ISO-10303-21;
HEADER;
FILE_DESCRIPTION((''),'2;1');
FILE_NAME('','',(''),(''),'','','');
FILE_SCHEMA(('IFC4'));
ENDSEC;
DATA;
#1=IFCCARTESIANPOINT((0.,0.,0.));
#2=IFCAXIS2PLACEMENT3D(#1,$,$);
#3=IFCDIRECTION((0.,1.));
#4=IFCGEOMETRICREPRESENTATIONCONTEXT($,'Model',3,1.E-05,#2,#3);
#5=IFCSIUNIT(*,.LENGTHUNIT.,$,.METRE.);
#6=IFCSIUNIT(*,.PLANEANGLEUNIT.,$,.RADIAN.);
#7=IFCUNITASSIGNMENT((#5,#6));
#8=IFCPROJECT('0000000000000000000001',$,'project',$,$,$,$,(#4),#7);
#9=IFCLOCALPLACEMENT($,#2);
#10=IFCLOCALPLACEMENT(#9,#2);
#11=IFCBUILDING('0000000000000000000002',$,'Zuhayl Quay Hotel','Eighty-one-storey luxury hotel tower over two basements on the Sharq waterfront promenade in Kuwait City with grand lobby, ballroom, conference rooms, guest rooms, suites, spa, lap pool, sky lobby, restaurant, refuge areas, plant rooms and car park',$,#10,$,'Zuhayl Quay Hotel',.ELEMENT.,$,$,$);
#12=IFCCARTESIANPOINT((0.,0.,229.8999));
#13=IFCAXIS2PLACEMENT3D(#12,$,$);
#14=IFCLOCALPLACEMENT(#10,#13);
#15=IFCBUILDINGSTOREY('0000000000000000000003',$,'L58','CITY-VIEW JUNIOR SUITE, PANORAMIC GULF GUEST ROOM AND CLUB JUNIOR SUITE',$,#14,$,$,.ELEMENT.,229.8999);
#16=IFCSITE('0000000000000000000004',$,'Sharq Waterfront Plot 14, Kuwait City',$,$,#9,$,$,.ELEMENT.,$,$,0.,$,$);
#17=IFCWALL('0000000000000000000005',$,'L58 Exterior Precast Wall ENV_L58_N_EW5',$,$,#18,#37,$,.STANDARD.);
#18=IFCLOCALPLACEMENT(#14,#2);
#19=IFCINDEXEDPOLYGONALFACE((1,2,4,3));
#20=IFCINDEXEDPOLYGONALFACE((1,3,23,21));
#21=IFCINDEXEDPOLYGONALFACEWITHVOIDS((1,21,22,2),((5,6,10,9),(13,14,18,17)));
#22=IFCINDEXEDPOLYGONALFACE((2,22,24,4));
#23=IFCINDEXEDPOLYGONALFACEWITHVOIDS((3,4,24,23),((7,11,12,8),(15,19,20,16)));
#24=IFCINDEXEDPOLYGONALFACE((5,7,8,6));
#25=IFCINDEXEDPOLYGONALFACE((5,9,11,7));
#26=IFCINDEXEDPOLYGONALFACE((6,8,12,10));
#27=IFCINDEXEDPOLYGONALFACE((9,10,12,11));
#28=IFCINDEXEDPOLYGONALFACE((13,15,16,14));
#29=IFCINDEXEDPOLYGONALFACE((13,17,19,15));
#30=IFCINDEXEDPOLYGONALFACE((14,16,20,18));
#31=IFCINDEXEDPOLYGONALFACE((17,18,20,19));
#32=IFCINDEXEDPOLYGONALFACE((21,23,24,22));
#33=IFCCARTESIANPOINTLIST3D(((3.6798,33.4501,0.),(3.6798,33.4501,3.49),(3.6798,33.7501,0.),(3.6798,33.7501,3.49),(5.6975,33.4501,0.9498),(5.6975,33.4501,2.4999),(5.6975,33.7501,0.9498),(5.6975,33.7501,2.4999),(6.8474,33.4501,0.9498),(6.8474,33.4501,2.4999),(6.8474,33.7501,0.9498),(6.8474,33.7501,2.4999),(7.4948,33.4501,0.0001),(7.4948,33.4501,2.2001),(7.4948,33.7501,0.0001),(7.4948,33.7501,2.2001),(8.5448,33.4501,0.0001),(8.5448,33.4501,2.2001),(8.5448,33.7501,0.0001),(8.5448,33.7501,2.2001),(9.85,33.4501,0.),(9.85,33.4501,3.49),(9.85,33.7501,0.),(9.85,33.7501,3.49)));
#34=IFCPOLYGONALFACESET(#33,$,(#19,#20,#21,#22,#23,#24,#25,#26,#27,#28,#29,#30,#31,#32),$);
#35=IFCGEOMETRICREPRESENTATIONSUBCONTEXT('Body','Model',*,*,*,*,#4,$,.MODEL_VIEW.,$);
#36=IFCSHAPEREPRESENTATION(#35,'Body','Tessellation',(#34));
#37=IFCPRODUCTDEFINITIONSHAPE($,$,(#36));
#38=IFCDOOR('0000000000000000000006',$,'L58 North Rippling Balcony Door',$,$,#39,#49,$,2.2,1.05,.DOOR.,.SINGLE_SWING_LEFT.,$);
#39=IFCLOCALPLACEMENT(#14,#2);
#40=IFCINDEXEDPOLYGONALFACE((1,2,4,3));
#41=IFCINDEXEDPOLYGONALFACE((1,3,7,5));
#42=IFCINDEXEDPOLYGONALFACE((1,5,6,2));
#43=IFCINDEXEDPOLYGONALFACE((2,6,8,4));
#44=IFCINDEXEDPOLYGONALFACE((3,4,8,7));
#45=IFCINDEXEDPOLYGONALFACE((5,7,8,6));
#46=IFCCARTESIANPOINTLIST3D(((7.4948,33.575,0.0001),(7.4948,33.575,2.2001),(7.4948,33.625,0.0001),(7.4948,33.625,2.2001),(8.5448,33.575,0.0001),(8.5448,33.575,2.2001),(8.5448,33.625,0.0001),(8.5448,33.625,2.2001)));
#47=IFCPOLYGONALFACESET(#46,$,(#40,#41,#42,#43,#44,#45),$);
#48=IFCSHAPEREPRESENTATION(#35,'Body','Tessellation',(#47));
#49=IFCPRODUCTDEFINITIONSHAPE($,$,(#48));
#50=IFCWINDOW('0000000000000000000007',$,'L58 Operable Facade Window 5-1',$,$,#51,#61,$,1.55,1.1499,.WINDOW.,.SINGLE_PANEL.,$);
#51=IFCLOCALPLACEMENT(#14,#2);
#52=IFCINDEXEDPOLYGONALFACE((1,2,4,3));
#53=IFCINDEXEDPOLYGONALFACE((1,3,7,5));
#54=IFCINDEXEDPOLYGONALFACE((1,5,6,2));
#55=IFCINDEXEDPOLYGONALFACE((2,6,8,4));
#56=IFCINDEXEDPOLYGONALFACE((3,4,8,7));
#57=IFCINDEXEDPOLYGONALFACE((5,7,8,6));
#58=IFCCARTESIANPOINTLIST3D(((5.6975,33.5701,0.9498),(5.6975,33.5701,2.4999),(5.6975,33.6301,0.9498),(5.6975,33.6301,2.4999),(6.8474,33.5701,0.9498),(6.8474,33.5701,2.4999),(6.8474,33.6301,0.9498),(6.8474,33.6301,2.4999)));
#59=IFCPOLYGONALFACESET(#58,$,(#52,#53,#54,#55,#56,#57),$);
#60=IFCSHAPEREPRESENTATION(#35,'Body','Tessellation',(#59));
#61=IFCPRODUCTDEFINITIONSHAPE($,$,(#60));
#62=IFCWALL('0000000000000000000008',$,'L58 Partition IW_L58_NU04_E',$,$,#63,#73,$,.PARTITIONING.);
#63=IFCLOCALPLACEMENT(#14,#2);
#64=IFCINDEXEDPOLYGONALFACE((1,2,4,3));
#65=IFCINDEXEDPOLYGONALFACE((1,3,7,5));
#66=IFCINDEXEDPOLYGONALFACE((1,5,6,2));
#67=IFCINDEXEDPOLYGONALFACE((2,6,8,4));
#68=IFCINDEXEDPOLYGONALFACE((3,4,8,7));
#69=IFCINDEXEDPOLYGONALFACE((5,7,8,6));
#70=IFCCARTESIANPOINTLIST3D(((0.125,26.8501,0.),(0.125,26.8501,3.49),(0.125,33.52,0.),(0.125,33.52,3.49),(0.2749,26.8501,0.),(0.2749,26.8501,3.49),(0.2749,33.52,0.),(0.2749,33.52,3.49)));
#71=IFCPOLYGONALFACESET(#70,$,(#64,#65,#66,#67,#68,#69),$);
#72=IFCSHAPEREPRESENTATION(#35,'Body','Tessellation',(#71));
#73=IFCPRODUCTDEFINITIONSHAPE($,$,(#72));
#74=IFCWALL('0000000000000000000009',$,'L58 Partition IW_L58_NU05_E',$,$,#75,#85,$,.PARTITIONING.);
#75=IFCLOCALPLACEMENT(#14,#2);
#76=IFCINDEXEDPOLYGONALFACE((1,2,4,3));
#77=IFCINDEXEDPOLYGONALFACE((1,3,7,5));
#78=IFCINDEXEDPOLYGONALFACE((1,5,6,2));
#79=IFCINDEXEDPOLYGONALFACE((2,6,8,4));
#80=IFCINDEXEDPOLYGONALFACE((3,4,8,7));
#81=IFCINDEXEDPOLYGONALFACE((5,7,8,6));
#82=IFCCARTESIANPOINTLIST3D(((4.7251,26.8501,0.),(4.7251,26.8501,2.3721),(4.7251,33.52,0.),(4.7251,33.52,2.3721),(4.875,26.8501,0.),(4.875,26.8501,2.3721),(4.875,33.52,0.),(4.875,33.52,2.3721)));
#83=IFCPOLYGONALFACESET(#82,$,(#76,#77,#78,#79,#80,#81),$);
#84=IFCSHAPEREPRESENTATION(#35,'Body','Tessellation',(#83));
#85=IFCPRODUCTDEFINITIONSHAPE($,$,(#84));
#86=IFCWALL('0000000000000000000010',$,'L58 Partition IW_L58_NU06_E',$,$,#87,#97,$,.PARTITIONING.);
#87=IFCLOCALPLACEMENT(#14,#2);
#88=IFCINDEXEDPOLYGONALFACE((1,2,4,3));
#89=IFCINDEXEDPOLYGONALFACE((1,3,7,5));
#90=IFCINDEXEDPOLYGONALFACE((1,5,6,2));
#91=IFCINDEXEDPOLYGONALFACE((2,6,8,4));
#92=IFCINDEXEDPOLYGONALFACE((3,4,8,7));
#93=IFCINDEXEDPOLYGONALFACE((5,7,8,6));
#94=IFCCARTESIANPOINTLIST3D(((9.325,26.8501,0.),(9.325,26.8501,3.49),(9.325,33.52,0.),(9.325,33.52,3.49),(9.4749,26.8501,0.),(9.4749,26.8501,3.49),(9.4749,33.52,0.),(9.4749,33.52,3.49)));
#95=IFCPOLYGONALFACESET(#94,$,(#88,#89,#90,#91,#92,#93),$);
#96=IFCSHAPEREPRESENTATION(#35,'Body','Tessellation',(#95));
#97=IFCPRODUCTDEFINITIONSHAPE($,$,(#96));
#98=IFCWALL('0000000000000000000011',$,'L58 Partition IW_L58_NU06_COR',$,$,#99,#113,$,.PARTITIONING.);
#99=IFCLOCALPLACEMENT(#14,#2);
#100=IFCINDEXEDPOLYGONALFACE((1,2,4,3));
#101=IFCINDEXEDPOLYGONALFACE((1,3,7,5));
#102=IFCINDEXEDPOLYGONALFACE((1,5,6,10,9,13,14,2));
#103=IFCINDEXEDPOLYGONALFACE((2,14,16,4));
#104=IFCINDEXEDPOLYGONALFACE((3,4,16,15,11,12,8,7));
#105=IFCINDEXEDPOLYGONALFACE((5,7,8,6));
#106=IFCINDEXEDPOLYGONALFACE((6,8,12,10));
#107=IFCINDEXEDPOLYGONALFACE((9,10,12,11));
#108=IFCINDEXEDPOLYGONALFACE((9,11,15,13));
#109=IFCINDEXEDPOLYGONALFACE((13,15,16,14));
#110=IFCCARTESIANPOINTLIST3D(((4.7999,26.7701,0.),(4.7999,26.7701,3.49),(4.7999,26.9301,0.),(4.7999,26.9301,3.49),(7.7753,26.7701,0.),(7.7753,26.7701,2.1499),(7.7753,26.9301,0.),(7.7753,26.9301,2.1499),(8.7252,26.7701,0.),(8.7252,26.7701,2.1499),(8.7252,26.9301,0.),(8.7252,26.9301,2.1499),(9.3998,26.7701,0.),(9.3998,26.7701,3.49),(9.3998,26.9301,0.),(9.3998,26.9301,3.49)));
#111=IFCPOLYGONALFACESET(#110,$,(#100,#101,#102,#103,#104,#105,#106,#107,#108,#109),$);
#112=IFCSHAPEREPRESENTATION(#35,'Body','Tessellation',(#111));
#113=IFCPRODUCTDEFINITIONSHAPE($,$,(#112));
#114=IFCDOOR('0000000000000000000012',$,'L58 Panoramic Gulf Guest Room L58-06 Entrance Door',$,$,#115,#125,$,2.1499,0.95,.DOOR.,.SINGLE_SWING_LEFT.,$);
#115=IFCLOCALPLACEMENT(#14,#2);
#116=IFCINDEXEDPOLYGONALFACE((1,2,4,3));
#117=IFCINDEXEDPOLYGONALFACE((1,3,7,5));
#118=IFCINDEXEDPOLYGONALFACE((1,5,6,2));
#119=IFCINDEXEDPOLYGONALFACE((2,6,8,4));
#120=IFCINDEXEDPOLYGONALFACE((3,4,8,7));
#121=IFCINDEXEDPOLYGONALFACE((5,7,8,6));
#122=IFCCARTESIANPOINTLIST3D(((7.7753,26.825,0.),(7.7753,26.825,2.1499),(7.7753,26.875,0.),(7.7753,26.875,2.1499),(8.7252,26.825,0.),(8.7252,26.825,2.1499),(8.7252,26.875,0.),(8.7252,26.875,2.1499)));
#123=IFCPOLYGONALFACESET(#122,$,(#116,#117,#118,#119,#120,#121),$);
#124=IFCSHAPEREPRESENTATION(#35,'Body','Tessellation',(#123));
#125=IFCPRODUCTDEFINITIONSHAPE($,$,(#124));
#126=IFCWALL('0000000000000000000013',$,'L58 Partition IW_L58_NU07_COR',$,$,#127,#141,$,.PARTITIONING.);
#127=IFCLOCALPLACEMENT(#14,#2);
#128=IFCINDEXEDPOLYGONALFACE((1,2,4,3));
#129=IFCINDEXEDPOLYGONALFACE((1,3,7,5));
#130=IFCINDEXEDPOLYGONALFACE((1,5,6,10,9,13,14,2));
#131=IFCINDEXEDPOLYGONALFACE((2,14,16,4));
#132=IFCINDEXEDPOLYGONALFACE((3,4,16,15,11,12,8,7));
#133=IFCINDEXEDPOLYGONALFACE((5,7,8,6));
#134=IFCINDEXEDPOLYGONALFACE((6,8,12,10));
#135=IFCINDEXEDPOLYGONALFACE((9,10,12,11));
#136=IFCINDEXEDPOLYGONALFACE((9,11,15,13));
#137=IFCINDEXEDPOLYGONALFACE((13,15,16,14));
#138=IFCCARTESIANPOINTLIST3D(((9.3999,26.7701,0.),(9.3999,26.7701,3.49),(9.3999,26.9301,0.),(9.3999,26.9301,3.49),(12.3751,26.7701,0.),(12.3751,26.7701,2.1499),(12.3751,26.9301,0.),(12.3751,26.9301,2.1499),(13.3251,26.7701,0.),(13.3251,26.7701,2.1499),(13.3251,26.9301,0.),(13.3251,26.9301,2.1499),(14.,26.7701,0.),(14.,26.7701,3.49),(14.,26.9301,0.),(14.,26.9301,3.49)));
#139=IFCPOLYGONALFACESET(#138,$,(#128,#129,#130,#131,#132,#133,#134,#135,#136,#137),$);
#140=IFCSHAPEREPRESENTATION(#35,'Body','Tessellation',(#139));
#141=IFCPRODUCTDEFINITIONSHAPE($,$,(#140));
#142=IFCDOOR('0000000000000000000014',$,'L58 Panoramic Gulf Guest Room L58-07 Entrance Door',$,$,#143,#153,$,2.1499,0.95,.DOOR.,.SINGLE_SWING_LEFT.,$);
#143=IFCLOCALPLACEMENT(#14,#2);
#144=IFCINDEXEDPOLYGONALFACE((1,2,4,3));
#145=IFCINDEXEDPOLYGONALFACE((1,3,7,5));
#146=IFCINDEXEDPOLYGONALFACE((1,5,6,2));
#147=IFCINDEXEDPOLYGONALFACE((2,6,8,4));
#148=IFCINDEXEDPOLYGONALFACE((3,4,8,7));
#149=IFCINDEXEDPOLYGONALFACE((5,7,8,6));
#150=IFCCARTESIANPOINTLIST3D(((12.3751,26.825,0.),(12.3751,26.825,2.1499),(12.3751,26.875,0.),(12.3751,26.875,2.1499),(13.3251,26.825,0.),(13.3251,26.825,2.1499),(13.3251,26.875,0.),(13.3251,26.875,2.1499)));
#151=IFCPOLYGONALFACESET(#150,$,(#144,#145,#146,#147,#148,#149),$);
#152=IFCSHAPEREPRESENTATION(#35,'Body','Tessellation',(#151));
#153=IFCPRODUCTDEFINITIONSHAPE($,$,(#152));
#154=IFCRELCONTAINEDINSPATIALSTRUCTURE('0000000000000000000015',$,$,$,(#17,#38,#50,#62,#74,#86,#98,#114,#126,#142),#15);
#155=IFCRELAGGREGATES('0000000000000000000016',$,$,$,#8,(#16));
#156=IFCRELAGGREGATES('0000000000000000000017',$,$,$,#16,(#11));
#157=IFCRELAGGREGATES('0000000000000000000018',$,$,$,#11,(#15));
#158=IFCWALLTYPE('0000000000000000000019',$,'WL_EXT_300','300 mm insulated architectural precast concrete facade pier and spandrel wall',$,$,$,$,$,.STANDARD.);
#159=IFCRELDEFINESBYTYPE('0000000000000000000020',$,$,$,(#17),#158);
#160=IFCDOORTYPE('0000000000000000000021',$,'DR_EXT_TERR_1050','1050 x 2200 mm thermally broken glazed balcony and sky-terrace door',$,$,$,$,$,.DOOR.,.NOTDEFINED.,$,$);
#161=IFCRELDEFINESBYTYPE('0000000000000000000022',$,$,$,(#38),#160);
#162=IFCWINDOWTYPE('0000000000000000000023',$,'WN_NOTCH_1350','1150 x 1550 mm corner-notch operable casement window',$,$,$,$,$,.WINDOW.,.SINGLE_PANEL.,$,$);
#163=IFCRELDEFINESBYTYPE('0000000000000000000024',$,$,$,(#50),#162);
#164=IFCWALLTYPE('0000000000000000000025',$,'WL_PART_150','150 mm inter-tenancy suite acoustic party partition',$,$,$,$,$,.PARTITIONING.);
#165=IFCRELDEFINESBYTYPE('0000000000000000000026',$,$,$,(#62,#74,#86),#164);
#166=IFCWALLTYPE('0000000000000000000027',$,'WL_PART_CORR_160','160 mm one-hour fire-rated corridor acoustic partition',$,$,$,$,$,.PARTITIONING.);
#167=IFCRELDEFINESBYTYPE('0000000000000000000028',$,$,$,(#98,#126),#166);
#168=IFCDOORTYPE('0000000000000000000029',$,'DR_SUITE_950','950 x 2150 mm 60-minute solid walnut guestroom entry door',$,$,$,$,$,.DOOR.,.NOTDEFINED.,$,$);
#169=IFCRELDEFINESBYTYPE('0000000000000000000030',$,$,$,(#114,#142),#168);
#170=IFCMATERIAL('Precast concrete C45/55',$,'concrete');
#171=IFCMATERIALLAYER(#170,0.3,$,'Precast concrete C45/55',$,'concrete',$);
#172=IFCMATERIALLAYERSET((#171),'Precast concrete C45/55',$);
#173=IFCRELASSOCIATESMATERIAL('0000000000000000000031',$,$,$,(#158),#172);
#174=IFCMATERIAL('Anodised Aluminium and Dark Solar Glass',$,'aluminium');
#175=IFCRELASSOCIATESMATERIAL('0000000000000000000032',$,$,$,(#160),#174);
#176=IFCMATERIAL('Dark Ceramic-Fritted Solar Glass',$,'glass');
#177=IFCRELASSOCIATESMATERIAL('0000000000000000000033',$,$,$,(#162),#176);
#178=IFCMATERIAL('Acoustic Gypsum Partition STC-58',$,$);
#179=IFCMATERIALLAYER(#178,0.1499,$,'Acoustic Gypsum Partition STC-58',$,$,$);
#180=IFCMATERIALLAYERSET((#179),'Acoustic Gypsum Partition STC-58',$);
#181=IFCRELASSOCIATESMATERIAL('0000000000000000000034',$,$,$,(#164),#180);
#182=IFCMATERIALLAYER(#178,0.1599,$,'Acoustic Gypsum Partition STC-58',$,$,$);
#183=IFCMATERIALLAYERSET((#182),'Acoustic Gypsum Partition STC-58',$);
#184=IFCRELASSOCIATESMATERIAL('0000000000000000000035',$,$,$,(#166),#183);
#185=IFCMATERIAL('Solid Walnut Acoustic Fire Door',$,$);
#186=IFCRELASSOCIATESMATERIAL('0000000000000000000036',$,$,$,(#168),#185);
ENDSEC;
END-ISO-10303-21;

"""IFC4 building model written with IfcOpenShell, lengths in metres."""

from ifc_helpers import new_model, si_unit, direction, frame, frame_2d, origin, place, context, subcontext, project, spatial, rectangle, extrude, material, layer, layer_set, type_object, element, fill, save


model = new_model("IFC4")

# Units and contexts
model_context = context("Model", 3, precision=1e-05, world=origin(), true_north=direction((0.0, 1.0)))
body_context = subcontext(model_context, "Body", "Model", "MODEL_VIEW")
ifc_project = project(units=[si_unit("LENGTHUNIT", "METRE"), si_unit("PLANEANGLEUNIT", "RADIAN")], contexts=[model_context])

# Site, building, storey
site_placement = place(None, origin())
site = spatial("IfcSite", under=ifc_project, at=site_placement, Name="Sharq Waterfront Plot 14, Kuwait City", CompositionType="ELEMENT", RefElevation=0.0)
building_placement = place(site_placement, origin())
building = spatial("IfcBuilding", under=site, at=building_placement, Name="Zuhayl Quay Hotel", Description="Eighty-one-storey luxury hotel tower over two basements on the Sharq waterfront promenade in Kuwait City with grand lobby, ballroom, conference rooms, guest rooms, suites, spa, lap pool, sky lobby, restaurant, refuge areas, plant rooms and car park", LongName="Zuhayl Quay Hotel", CompositionType="ELEMENT")
storey_placement = place(building_placement, frame((0.0, 0.0, 229.8999)))
storey = spatial("IfcBuildingStorey", under=building, at=storey_placement, Name="L58", Description="CITY-VIEW JUNIOR SUITE, PANORAMIC GULF GUEST ROOM AND CLUB JUNIOR SUITE", CompositionType="ELEMENT", Elevation=229.8999)

# Shared definitions
ifc_material_1 = material(Name="Dark Ceramic-Fritted Solar Glass", Category="glass")

# Wall, openings, door, window
ifc_material_2 = material(Name="Precast concrete C45/55", Category="concrete")
ifc_layer_1 = layer(ifc_material_2, 0.3, Name="Precast concrete C45/55", Category="concrete")
ifc_layer_set_1 = layer_set([ifc_layer_1], Name="Precast concrete C45/55")
wall_type_1 = type_object("IfcWallType", Name="WL_EXT_300", Description="300 mm insulated architectural precast concrete facade pier and spandrel wall", PredefinedType="STANDARD", material=ifc_layer_set_1)
wall_1_placement = place(storey_placement, frame((3.6799, 33.6001, 0.0), z_axis=(0.0, 0.0, 1.0), x_axis=(1.0, 0.0, 0.0)))
wall_1 = element("IfcWall", 1, at=wall_1_placement, inside=storey, type_object=wall_type_1, Name="L58 Exterior Precast Wall ENV_L58_N_EW5", PredefinedType="STANDARD", context=body_context, shape_type="SweptSolid", body=[
    extrude(rectangle(XDim=6.1702, YDim=0.3, at=frame_2d((3.085, 0.0))), origin(), (0.0, 0.0, 1.0), 3.49),
])
opening_1_placement = place(wall_1_placement, frame((3.8149, 0.0, 0.0)))
opening_1 = element("IfcOpeningElement", 2, at=opening_1_placement, cuts=wall_1, PredefinedType="OPENING", context=body_context, shape_type="SweptSolid", body=[
    extrude(rectangle(XDim=1.05, YDim=2.2, at=frame_2d((0.5249, 1.1001))), frame((0.0, 0.1599, 0.0), z_axis=(0.0, -1.0, 0.0), x_axis=(1.0, 0.0, 0.0)), (0.0, 0.0, 1.0), 0.3201),
])
opening_2_placement = place(wall_1_placement, frame((2.0176, 0.0, 0.95)))
opening_2 = element("IfcOpeningElement", 3, at=opening_2_placement, cuts=wall_1, PredefinedType="OPENING", context=body_context, shape_type="SweptSolid", body=[
    extrude(rectangle(XDim=1.1499, YDim=1.55, at=frame_2d((0.575, 0.7749))), frame((0.0, 0.1599, 0.0), z_axis=(0.0, -1.0, 0.0), x_axis=(1.0, 0.0, 0.0)), (0.0, 0.0, 1.0), 0.3201),
])
ifc_material_3 = material(Name="Anodised Aluminium and Dark Solar Glass", Category="aluminium")
door_type_1 = type_object("IfcDoorType", Name="DR_EXT_TERR_1050", Description="1050 x 2200 mm thermally broken glazed balcony and sky-terrace door", OperationType="NOTDEFINED", PredefinedType="DOOR", material=ifc_material_3)
door_1_placement = place(opening_1_placement, origin())
door_1 = element("IfcDoor", 4, at=door_1_placement, inside=storey, type_object=door_type_1, Name="L58 North Rippling Balcony Door", OperationType="SINGLE_SWING_LEFT", OverallHeight=2.2, OverallWidth=1.05, PredefinedType="DOOR", context=body_context, shape_type="SweptSolid", body=[
    extrude(rectangle(XDim=1.05, YDim=2.2, at=frame_2d((0.5249, 1.1001))), frame((0.0, 0.0249, 0.0), z_axis=(0.0, -1.0, 0.0), x_axis=(1.0, 0.0, 0.0)), (0.0, 0.0, 1.0), 0.05),
])
fill(opening_1, door_1)
window_type = type_object("IfcWindowType", Name="WN_NOTCH_1350", Description="1150 x 1550 mm corner-notch operable casement window", PartitioningType="SINGLE_PANEL", PredefinedType="WINDOW", material=ifc_material_1)
window_placement = place(opening_2_placement, origin())
window = element("IfcWindow", 5, at=window_placement, inside=storey, type_object=window_type, Name="L58 Operable Facade Window 5-1", OverallHeight=1.55, OverallWidth=1.1499, PartitioningType="SINGLE_PANEL", PredefinedType="WINDOW", context=body_context, shape_type="SweptSolid", body=[
    extrude(rectangle(XDim=1.1499, YDim=1.55, at=frame_2d((0.575, 0.7749))), frame((0.0, 0.03, 0.0), z_axis=(0.0, -1.0, 0.0), x_axis=(1.0, 0.0, 0.0)), (0.0, 0.0, 1.0), 0.0601),
])
fill(opening_2, window)

# Walls
ifc_material_4 = material(Name="Acoustic Gypsum Partition STC-58")
ifc_layer_2 = layer(ifc_material_4, 0.1499, Name="Acoustic Gypsum Partition STC-58")
ifc_layer_set_2 = layer_set([ifc_layer_2], Name="Acoustic Gypsum Partition STC-58")
wall_type_2 = type_object("IfcWallType", Name="WL_PART_150", Description="150 mm inter-tenancy suite acoustic party partition", PredefinedType="PARTITIONING", material=ifc_layer_set_2)
wall_2_placement = place(storey_placement, frame((0.2, 26.8501, 0.0), z_axis=(0.0, 0.0, 1.0), x_axis=(0.0, 1.0, 0.0)))
element("IfcWall", 6, at=wall_2_placement, inside=storey, type_object=wall_type_2, Name="L58 Partition IW_L58_NU04_E", PredefinedType="PARTITIONING", context=body_context, shape_type="SweptSolid", body=[
    extrude(rectangle(XDim=6.6699, YDim=0.1499, at=frame_2d((3.335, 0.0))), origin(), (0.0, 0.0, 1.0), 3.49),
])
wall_3_placement = place(storey_placement, frame((4.8, 26.8501, 0.0), z_axis=(0.0, 0.0, 1.0), x_axis=(0.0, 1.0, 0.0)))
element("IfcWall", 7, at=wall_3_placement, inside=storey, type_object=wall_type_2, Name="L58 Partition IW_L58_NU05_E", PredefinedType="PARTITIONING", context=body_context, shape_type="SweptSolid", body=[
    extrude(rectangle(XDim=6.6699, YDim=0.1499, at=frame_2d((3.335, 0.0))), origin(), (0.0, 0.0, 1.0), 2.3721),
])
wall_4_placement = place(storey_placement, frame((9.3999, 26.8501, 0.0), z_axis=(0.0, 0.0, 1.0), x_axis=(0.0, 1.0, 0.0)))
element("IfcWall", 8, at=wall_4_placement, inside=storey, type_object=wall_type_2, Name="L58 Partition IW_L58_NU06_E", PredefinedType="PARTITIONING", context=body_context, shape_type="SweptSolid", body=[
    extrude(rectangle(XDim=6.6699, YDim=0.1499, at=frame_2d((3.335, 0.0))), origin(), (0.0, 0.0, 1.0), 3.49),
])

# Walls, openings, doors
ifc_layer_3 = layer(ifc_material_4, 0.1599, Name="Acoustic Gypsum Partition STC-58")
ifc_layer_set_3 = layer_set([ifc_layer_3], Name="Acoustic Gypsum Partition STC-58")
wall_type_3 = type_object("IfcWallType", Name="WL_PART_CORR_160", Description="160 mm one-hour fire-rated corridor acoustic partition", PredefinedType="PARTITIONING", material=ifc_layer_set_3)
wall_5_placement = place(storey_placement, frame((4.8, 26.8501, 0.0), z_axis=(0.0, 0.0, 1.0), x_axis=(1.0, 0.0, 0.0)))
wall_5 = element("IfcWall", 9, at=wall_5_placement, inside=storey, type_object=wall_type_3, Name="L58 Partition IW_L58_NU06_COR", PredefinedType="PARTITIONING", context=body_context, shape_type="SweptSolid", body=[
    extrude(rectangle(XDim=4.5999, YDim=0.1599, at=frame_2d((2.2998, 0.0))), origin(), (0.0, 0.0, 1.0), 3.49),
])
opening_3_placement = place(wall_5_placement, frame((2.9751, 0.0, 0.0)))
opening_3 = element("IfcOpeningElement", 10, at=opening_3_placement, cuts=wall_5, PredefinedType="OPENING", context=body_context, shape_type="SweptSolid", body=[
    extrude(rectangle(XDim=0.95, YDim=2.1499, at=frame_2d((0.4751, 1.075))), frame((0.0, 0.0898, 0.0), z_axis=(0.0, -1.0, 0.0), x_axis=(1.0, 0.0, 0.0)), (0.0, 0.0, 1.0), 0.1799),
])
ifc_material_5 = material(Name="Solid Walnut Acoustic Fire Door")
door_type_2 = type_object("IfcDoorType", Name="DR_SUITE_950", Description="950 x 2150 mm 60-minute solid walnut guestroom entry door", OperationType="NOTDEFINED", PredefinedType="DOOR", material=ifc_material_5)
door_2_placement = place(opening_3_placement, origin())
door_2 = element("IfcDoor", 11, at=door_2_placement, inside=storey, type_object=door_type_2, Name="L58 Panoramic Gulf Guest Room L58-06 Entrance Door", OperationType="SINGLE_SWING_LEFT", OverallHeight=2.1499, OverallWidth=0.95, PredefinedType="DOOR", context=body_context, shape_type="SweptSolid", body=[
    extrude(rectangle(XDim=0.95, YDim=2.1499, at=frame_2d((0.4751, 1.075))), frame((0.0, 0.0249, 0.0), z_axis=(0.0, -1.0, 0.0), x_axis=(1.0, 0.0, 0.0)), (0.0, 0.0, 1.0), 0.05),
])
fill(opening_3, door_2)
wall_6_placement = place(storey_placement, frame((9.3999, 26.8501, 0.0), z_axis=(0.0, 0.0, 1.0), x_axis=(1.0, 0.0, 0.0)))
wall_6 = element("IfcWall", 12, at=wall_6_placement, inside=storey, type_object=wall_type_3, Name="L58 Partition IW_L58_NU07_COR", PredefinedType="PARTITIONING", context=body_context, shape_type="SweptSolid", body=[
    extrude(rectangle(XDim=4.6001, YDim=0.1599, at=frame_2d((2.3, 0.0))), origin(), (0.0, 0.0, 1.0), 3.49),
])
opening_4_placement = place(wall_6_placement, frame((2.9751, 0.0, 0.0)))
opening_4 = element("IfcOpeningElement", 13, at=opening_4_placement, cuts=wall_6, PredefinedType="OPENING", context=body_context, shape_type="SweptSolid", body=[
    extrude(rectangle(XDim=0.95, YDim=2.1499, at=frame_2d((0.4751, 1.075))), frame((0.0, 0.0898, 0.0), z_axis=(0.0, -1.0, 0.0), x_axis=(1.0, 0.0, 0.0)), (0.0, 0.0, 1.0), 0.1799),
])
door_3_placement = place(opening_4_placement, origin())
door_3 = element("IfcDoor", 14, at=door_3_placement, inside=storey, type_object=door_type_2, Name="L58 Panoramic Gulf Guest Room L58-07 Entrance Door", OperationType="SINGLE_SWING_LEFT", OverallHeight=2.1499, OverallWidth=0.95, PredefinedType="DOOR", context=body_context, shape_type="SweptSolid", body=[
    extrude(rectangle(XDim=0.95, YDim=2.1499, at=frame_2d((0.4751, 1.075))), frame((0.0, 0.0249, 0.0), z_axis=(0.0, -1.0, 0.0), x_axis=(1.0, 0.0, 0.0)), (0.0, 0.0, 1.0), 0.05),
])
fill(opening_4, door_3)

save(model, "model.ifc")
